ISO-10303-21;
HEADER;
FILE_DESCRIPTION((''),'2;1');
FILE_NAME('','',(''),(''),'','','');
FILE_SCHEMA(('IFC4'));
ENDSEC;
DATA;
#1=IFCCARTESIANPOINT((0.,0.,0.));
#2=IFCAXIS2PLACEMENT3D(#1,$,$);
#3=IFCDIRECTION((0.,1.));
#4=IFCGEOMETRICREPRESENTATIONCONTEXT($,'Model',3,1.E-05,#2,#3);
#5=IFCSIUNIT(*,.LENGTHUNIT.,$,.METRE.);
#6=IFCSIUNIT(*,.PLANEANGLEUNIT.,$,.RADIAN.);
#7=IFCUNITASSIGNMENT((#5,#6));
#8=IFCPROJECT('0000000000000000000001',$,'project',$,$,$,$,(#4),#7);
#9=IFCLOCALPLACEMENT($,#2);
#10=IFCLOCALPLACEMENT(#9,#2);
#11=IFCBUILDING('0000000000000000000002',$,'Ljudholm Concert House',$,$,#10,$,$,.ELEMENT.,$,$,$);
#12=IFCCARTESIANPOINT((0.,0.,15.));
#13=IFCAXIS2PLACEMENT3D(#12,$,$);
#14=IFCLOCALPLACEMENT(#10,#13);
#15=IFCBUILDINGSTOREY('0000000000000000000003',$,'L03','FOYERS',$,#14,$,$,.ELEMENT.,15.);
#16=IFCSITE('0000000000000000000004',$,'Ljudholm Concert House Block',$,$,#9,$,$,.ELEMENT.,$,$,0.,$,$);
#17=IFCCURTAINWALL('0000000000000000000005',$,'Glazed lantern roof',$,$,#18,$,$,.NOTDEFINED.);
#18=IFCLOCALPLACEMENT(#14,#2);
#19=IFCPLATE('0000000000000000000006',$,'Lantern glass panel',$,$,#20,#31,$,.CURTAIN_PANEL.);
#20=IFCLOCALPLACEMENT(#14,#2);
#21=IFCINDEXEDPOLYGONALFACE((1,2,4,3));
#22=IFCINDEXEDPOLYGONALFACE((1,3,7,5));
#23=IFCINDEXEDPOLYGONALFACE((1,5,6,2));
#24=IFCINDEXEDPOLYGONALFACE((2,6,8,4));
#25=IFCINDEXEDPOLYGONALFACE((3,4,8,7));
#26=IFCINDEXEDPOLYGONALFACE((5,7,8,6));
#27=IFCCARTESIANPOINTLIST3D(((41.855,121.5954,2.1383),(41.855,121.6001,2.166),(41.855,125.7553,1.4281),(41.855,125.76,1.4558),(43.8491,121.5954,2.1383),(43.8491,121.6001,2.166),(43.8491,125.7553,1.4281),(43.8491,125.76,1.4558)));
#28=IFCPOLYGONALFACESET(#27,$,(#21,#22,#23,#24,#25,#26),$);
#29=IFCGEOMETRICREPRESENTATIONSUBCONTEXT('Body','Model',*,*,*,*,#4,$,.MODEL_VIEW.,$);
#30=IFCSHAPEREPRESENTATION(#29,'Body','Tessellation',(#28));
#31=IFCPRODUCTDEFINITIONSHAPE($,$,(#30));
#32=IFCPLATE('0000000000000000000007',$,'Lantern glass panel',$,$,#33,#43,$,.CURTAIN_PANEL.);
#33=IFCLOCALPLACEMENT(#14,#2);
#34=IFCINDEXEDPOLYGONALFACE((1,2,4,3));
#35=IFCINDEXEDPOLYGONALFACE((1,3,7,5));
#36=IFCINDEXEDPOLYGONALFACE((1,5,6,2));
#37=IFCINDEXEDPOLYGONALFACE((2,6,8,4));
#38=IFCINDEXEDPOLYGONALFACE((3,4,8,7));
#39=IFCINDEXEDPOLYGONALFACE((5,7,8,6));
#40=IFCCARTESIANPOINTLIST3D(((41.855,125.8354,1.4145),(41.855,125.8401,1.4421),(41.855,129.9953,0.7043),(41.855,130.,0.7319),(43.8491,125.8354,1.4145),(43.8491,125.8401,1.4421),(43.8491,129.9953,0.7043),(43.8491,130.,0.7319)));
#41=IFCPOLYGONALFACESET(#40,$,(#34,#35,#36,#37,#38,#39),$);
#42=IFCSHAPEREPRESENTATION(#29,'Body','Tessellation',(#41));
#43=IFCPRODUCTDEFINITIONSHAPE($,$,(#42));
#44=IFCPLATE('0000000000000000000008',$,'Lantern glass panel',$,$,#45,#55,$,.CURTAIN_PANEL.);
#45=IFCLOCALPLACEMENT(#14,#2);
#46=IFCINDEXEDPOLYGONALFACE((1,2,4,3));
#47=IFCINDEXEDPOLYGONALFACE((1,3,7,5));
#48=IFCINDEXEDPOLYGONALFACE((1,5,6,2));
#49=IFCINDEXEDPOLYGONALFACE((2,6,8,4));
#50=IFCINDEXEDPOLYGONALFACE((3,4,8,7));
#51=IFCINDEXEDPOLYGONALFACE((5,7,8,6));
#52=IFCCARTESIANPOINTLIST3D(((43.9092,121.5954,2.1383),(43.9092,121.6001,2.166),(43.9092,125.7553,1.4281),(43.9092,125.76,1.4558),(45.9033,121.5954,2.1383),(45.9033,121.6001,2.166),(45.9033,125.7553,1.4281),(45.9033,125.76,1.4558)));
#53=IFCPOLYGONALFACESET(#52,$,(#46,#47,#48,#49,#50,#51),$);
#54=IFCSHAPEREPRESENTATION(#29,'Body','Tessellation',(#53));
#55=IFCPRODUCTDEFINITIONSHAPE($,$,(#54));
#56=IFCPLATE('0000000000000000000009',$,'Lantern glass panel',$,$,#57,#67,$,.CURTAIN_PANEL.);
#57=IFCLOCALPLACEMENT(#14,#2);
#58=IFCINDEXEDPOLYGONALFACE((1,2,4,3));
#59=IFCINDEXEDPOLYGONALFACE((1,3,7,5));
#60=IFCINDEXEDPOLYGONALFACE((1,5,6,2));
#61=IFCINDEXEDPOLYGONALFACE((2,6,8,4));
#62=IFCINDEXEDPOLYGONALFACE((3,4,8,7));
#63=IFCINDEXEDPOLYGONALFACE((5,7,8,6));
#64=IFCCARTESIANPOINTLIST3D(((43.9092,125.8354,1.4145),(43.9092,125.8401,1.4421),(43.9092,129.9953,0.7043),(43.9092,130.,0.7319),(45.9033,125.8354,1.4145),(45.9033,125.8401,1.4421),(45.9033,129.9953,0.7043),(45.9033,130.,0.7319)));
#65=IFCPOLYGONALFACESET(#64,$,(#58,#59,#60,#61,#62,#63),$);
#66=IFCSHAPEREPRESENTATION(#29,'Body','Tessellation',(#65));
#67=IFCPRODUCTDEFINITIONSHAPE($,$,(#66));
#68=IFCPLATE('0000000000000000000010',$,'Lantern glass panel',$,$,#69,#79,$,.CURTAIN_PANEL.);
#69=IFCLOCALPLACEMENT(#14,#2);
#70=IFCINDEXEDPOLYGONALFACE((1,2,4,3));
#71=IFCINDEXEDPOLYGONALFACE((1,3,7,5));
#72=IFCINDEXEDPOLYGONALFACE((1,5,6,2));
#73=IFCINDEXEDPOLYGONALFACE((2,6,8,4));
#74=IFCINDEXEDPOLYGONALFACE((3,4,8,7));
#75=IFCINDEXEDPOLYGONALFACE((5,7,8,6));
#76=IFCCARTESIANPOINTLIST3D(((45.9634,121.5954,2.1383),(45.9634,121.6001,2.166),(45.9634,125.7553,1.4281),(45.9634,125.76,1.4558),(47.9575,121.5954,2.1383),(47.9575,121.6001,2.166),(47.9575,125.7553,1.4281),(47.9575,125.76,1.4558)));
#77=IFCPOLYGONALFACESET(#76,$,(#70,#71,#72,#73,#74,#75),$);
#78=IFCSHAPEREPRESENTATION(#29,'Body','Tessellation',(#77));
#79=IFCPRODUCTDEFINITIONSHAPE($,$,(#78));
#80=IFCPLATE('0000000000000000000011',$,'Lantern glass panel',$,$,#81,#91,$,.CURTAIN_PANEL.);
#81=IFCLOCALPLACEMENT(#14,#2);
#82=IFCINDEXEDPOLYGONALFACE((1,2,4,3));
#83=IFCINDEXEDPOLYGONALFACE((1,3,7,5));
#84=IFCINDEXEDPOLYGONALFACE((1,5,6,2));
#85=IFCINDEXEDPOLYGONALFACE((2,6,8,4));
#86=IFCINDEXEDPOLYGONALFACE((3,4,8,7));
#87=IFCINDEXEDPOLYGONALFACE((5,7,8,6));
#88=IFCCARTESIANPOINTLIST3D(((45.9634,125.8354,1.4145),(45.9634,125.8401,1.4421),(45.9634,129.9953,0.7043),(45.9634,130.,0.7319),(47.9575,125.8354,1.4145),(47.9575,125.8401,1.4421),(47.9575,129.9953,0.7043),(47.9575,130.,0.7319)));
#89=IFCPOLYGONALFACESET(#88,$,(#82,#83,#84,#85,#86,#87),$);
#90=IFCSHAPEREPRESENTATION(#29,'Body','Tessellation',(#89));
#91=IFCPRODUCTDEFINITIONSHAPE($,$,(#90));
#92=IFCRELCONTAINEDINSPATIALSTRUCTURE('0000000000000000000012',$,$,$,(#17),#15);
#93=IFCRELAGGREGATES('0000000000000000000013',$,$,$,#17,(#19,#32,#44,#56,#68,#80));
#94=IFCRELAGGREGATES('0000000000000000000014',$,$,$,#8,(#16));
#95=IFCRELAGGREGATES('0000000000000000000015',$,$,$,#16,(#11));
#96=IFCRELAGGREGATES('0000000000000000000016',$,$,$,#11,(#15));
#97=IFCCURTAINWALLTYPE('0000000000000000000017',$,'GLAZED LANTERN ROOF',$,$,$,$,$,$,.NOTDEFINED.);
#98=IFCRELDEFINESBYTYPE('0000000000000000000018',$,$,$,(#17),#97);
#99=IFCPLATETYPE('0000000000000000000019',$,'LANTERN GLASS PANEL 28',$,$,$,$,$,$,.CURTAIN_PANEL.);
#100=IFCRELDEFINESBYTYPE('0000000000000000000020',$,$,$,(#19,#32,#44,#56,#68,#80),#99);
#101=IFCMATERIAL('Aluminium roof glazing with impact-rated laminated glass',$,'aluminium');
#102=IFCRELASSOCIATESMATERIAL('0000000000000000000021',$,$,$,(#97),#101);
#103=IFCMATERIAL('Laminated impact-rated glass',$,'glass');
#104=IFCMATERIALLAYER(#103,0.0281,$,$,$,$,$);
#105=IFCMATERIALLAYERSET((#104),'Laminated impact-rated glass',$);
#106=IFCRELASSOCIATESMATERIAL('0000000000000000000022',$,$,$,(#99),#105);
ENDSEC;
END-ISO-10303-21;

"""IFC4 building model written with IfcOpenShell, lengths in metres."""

from ifc_helpers import new_model, si_unit, direction, frame, origin, place, context, subcontext, project, spatial, polyline, outline, extrude, material, layer, layer_set, type_object, element, aggregate, save


model = new_model("IFC4")

# Units and contexts
model_context = context("Model", 3, precision=1e-05, world=origin(), true_north=direction((0.0, 1.0)))
body_context = subcontext(model_context, "Body", "Model", "MODEL_VIEW")
ifc_project = project(units=[si_unit("LENGTHUNIT", "METRE"), si_unit("PLANEANGLEUNIT", "RADIAN")], contexts=[model_context])

# Site, building, storey
site_placement = place(None, origin())
site = spatial("IfcSite", under=ifc_project, at=site_placement, Name="Ljudholm Concert House Block", CompositionType="ELEMENT", RefElevation=0.0)
building_placement = place(site_placement, origin())
building = spatial("IfcBuilding", under=site, at=building_placement, Name="Ljudholm Concert House", CompositionType="ELEMENT")
storey_placement = place(building_placement, frame((0.0, 0.0, 15.0)))
storey = spatial("IfcBuildingStorey", under=building, at=storey_placement, Name="L03", Description="FOYERS", CompositionType="ELEMENT", Elevation=15.0)

# Curtain wall
ifc_material_1 = material(Name="Aluminium roof glazing with impact-rated laminated glass", Category="aluminium")
curtain_wall_type = type_object("IfcCurtainWallType", Name="GLAZED LANTERN ROOF", PredefinedType="NOTDEFINED", material=ifc_material_1)
curtain_wall_placement = place(storey_placement, origin())
curtain_wall = element("IfcCurtainWall", 1, at=curtain_wall_placement, inside=storey, type_object=curtain_wall_type, Name="Glazed lantern roof", PredefinedType="NOTDEFINED")

# Plates
ifc_material_2 = material(Name="Laminated impact-rated glass", Category="glass")
ifc_layer = layer(ifc_material_2, 0.0281)
ifc_layer_set = layer_set([ifc_layer], Name="Laminated impact-rated glass")
plate_type = type_object("IfcPlateType", Name="LANTERN GLASS PANEL 28", PredefinedType="CURTAIN_PANEL", material=ifc_layer_set)
plate_1_placement = place(storey_placement, frame((41.855, 121.6001, 2.166), z_axis=(0.0, 0.168291, 0.985737), x_axis=(1.0, 0.0, 0.0)))
plate_1 = element("IfcPlate", 2, at=plate_1_placement, type_object=plate_type, Name="Lantern glass panel", PredefinedType="CURTAIN_PANEL", context=body_context, shape_type="SweptSolid", body=[
    extrude(outline(polyline([(0.0, 0.0), (1.9941, 0.0), (1.9941, 4.2201), (0.0, 4.2201), (0.0, 0.0)])), origin(), (0.0, 0.0, -1.0), 0.0281),
])
plate_2_placement = place(storey_placement, frame((41.855, 125.8401, 1.4421), z_axis=(0.0, 0.168291, 0.985737), x_axis=(1.0, 0.0, 0.0)))
plate_2 = element("IfcPlate", 3, at=plate_2_placement, type_object=plate_type, Name="Lantern glass panel", PredefinedType="CURTAIN_PANEL", context=body_context, shape_type="SweptSolid", body=[
    extrude(outline(polyline([(0.0, 0.0), (1.9941, 0.0), (1.9941, 4.2201), (0.0, 4.2201), (0.0, 0.0)])), origin(), (0.0, 0.0, -1.0), 0.0281),
])
plate_3_placement = place(storey_placement, frame((43.9092, 121.6001, 2.166), z_axis=(0.0, 0.168291, 0.985737), x_axis=(1.0, 0.0, 0.0)))
plate_3 = element("IfcPlate", 4, at=plate_3_placement, type_object=plate_type, Name="Lantern glass panel", PredefinedType="CURTAIN_PANEL", context=body_context, shape_type="SweptSolid", body=[
    extrude(outline(polyline([(0.0, 0.0), (1.9941, 0.0), (1.9941, 4.2201), (0.0, 4.2201), (0.0, 0.0)])), origin(), (0.0, 0.0, -1.0), 0.0281),
])
plate_4_placement = place(storey_placement, frame((43.9092, 125.8401, 1.4421), z_axis=(0.0, 0.168291, 0.985737), x_axis=(1.0, 0.0, 0.0)))
plate_4 = element("IfcPlate", 5, at=plate_4_placement, type_object=plate_type, Name="Lantern glass panel", PredefinedType="CURTAIN_PANEL", context=body_context, shape_type="SweptSolid", body=[
    extrude(outline(polyline([(0.0, 0.0), (1.9941, 0.0), (1.9941, 4.2201), (0.0, 4.2201), (0.0, 0.0)])), origin(), (0.0, 0.0, -1.0), 0.0281),
])
plate_5_placement = place(storey_placement, frame((45.9634, 121.6001, 2.166), z_axis=(0.0, 0.168291, 0.985737), x_axis=(1.0, 0.0, 0.0)))
plate_5 = element("IfcPlate", 6, at=plate_5_placement, type_object=plate_type, Name="Lantern glass panel", PredefinedType="CURTAIN_PANEL", context=body_context, shape_type="SweptSolid", body=[
    extrude(outline(polyline([(0.0, 0.0), (1.9941, 0.0), (1.9941, 4.2201), (0.0, 4.2201), (0.0, 0.0)])), origin(), (0.0, 0.0, -1.0), 0.0281),
])
plate_6_placement = place(storey_placement, frame((45.9634, 125.8401, 1.4421), z_axis=(0.0, 0.168291, 0.985737), x_axis=(1.0, 0.0, 0.0)))
plate_6 = element("IfcPlate", 7, at=plate_6_placement, type_object=plate_type, Name="Lantern glass panel", PredefinedType="CURTAIN_PANEL", context=body_context, shape_type="SweptSolid", body=[
    extrude(outline(polyline([(0.0, 0.0), (1.9941, 0.0), (1.9941, 4.2201), (0.0, 4.2201), (0.0, 0.0)])), origin(), (0.0, 0.0, -1.0), 0.0281),
])
aggregate(curtain_wall, [plate_1, plate_2, plate_3, plate_4, plate_5, plate_6])

save(model, "model.ifc")
